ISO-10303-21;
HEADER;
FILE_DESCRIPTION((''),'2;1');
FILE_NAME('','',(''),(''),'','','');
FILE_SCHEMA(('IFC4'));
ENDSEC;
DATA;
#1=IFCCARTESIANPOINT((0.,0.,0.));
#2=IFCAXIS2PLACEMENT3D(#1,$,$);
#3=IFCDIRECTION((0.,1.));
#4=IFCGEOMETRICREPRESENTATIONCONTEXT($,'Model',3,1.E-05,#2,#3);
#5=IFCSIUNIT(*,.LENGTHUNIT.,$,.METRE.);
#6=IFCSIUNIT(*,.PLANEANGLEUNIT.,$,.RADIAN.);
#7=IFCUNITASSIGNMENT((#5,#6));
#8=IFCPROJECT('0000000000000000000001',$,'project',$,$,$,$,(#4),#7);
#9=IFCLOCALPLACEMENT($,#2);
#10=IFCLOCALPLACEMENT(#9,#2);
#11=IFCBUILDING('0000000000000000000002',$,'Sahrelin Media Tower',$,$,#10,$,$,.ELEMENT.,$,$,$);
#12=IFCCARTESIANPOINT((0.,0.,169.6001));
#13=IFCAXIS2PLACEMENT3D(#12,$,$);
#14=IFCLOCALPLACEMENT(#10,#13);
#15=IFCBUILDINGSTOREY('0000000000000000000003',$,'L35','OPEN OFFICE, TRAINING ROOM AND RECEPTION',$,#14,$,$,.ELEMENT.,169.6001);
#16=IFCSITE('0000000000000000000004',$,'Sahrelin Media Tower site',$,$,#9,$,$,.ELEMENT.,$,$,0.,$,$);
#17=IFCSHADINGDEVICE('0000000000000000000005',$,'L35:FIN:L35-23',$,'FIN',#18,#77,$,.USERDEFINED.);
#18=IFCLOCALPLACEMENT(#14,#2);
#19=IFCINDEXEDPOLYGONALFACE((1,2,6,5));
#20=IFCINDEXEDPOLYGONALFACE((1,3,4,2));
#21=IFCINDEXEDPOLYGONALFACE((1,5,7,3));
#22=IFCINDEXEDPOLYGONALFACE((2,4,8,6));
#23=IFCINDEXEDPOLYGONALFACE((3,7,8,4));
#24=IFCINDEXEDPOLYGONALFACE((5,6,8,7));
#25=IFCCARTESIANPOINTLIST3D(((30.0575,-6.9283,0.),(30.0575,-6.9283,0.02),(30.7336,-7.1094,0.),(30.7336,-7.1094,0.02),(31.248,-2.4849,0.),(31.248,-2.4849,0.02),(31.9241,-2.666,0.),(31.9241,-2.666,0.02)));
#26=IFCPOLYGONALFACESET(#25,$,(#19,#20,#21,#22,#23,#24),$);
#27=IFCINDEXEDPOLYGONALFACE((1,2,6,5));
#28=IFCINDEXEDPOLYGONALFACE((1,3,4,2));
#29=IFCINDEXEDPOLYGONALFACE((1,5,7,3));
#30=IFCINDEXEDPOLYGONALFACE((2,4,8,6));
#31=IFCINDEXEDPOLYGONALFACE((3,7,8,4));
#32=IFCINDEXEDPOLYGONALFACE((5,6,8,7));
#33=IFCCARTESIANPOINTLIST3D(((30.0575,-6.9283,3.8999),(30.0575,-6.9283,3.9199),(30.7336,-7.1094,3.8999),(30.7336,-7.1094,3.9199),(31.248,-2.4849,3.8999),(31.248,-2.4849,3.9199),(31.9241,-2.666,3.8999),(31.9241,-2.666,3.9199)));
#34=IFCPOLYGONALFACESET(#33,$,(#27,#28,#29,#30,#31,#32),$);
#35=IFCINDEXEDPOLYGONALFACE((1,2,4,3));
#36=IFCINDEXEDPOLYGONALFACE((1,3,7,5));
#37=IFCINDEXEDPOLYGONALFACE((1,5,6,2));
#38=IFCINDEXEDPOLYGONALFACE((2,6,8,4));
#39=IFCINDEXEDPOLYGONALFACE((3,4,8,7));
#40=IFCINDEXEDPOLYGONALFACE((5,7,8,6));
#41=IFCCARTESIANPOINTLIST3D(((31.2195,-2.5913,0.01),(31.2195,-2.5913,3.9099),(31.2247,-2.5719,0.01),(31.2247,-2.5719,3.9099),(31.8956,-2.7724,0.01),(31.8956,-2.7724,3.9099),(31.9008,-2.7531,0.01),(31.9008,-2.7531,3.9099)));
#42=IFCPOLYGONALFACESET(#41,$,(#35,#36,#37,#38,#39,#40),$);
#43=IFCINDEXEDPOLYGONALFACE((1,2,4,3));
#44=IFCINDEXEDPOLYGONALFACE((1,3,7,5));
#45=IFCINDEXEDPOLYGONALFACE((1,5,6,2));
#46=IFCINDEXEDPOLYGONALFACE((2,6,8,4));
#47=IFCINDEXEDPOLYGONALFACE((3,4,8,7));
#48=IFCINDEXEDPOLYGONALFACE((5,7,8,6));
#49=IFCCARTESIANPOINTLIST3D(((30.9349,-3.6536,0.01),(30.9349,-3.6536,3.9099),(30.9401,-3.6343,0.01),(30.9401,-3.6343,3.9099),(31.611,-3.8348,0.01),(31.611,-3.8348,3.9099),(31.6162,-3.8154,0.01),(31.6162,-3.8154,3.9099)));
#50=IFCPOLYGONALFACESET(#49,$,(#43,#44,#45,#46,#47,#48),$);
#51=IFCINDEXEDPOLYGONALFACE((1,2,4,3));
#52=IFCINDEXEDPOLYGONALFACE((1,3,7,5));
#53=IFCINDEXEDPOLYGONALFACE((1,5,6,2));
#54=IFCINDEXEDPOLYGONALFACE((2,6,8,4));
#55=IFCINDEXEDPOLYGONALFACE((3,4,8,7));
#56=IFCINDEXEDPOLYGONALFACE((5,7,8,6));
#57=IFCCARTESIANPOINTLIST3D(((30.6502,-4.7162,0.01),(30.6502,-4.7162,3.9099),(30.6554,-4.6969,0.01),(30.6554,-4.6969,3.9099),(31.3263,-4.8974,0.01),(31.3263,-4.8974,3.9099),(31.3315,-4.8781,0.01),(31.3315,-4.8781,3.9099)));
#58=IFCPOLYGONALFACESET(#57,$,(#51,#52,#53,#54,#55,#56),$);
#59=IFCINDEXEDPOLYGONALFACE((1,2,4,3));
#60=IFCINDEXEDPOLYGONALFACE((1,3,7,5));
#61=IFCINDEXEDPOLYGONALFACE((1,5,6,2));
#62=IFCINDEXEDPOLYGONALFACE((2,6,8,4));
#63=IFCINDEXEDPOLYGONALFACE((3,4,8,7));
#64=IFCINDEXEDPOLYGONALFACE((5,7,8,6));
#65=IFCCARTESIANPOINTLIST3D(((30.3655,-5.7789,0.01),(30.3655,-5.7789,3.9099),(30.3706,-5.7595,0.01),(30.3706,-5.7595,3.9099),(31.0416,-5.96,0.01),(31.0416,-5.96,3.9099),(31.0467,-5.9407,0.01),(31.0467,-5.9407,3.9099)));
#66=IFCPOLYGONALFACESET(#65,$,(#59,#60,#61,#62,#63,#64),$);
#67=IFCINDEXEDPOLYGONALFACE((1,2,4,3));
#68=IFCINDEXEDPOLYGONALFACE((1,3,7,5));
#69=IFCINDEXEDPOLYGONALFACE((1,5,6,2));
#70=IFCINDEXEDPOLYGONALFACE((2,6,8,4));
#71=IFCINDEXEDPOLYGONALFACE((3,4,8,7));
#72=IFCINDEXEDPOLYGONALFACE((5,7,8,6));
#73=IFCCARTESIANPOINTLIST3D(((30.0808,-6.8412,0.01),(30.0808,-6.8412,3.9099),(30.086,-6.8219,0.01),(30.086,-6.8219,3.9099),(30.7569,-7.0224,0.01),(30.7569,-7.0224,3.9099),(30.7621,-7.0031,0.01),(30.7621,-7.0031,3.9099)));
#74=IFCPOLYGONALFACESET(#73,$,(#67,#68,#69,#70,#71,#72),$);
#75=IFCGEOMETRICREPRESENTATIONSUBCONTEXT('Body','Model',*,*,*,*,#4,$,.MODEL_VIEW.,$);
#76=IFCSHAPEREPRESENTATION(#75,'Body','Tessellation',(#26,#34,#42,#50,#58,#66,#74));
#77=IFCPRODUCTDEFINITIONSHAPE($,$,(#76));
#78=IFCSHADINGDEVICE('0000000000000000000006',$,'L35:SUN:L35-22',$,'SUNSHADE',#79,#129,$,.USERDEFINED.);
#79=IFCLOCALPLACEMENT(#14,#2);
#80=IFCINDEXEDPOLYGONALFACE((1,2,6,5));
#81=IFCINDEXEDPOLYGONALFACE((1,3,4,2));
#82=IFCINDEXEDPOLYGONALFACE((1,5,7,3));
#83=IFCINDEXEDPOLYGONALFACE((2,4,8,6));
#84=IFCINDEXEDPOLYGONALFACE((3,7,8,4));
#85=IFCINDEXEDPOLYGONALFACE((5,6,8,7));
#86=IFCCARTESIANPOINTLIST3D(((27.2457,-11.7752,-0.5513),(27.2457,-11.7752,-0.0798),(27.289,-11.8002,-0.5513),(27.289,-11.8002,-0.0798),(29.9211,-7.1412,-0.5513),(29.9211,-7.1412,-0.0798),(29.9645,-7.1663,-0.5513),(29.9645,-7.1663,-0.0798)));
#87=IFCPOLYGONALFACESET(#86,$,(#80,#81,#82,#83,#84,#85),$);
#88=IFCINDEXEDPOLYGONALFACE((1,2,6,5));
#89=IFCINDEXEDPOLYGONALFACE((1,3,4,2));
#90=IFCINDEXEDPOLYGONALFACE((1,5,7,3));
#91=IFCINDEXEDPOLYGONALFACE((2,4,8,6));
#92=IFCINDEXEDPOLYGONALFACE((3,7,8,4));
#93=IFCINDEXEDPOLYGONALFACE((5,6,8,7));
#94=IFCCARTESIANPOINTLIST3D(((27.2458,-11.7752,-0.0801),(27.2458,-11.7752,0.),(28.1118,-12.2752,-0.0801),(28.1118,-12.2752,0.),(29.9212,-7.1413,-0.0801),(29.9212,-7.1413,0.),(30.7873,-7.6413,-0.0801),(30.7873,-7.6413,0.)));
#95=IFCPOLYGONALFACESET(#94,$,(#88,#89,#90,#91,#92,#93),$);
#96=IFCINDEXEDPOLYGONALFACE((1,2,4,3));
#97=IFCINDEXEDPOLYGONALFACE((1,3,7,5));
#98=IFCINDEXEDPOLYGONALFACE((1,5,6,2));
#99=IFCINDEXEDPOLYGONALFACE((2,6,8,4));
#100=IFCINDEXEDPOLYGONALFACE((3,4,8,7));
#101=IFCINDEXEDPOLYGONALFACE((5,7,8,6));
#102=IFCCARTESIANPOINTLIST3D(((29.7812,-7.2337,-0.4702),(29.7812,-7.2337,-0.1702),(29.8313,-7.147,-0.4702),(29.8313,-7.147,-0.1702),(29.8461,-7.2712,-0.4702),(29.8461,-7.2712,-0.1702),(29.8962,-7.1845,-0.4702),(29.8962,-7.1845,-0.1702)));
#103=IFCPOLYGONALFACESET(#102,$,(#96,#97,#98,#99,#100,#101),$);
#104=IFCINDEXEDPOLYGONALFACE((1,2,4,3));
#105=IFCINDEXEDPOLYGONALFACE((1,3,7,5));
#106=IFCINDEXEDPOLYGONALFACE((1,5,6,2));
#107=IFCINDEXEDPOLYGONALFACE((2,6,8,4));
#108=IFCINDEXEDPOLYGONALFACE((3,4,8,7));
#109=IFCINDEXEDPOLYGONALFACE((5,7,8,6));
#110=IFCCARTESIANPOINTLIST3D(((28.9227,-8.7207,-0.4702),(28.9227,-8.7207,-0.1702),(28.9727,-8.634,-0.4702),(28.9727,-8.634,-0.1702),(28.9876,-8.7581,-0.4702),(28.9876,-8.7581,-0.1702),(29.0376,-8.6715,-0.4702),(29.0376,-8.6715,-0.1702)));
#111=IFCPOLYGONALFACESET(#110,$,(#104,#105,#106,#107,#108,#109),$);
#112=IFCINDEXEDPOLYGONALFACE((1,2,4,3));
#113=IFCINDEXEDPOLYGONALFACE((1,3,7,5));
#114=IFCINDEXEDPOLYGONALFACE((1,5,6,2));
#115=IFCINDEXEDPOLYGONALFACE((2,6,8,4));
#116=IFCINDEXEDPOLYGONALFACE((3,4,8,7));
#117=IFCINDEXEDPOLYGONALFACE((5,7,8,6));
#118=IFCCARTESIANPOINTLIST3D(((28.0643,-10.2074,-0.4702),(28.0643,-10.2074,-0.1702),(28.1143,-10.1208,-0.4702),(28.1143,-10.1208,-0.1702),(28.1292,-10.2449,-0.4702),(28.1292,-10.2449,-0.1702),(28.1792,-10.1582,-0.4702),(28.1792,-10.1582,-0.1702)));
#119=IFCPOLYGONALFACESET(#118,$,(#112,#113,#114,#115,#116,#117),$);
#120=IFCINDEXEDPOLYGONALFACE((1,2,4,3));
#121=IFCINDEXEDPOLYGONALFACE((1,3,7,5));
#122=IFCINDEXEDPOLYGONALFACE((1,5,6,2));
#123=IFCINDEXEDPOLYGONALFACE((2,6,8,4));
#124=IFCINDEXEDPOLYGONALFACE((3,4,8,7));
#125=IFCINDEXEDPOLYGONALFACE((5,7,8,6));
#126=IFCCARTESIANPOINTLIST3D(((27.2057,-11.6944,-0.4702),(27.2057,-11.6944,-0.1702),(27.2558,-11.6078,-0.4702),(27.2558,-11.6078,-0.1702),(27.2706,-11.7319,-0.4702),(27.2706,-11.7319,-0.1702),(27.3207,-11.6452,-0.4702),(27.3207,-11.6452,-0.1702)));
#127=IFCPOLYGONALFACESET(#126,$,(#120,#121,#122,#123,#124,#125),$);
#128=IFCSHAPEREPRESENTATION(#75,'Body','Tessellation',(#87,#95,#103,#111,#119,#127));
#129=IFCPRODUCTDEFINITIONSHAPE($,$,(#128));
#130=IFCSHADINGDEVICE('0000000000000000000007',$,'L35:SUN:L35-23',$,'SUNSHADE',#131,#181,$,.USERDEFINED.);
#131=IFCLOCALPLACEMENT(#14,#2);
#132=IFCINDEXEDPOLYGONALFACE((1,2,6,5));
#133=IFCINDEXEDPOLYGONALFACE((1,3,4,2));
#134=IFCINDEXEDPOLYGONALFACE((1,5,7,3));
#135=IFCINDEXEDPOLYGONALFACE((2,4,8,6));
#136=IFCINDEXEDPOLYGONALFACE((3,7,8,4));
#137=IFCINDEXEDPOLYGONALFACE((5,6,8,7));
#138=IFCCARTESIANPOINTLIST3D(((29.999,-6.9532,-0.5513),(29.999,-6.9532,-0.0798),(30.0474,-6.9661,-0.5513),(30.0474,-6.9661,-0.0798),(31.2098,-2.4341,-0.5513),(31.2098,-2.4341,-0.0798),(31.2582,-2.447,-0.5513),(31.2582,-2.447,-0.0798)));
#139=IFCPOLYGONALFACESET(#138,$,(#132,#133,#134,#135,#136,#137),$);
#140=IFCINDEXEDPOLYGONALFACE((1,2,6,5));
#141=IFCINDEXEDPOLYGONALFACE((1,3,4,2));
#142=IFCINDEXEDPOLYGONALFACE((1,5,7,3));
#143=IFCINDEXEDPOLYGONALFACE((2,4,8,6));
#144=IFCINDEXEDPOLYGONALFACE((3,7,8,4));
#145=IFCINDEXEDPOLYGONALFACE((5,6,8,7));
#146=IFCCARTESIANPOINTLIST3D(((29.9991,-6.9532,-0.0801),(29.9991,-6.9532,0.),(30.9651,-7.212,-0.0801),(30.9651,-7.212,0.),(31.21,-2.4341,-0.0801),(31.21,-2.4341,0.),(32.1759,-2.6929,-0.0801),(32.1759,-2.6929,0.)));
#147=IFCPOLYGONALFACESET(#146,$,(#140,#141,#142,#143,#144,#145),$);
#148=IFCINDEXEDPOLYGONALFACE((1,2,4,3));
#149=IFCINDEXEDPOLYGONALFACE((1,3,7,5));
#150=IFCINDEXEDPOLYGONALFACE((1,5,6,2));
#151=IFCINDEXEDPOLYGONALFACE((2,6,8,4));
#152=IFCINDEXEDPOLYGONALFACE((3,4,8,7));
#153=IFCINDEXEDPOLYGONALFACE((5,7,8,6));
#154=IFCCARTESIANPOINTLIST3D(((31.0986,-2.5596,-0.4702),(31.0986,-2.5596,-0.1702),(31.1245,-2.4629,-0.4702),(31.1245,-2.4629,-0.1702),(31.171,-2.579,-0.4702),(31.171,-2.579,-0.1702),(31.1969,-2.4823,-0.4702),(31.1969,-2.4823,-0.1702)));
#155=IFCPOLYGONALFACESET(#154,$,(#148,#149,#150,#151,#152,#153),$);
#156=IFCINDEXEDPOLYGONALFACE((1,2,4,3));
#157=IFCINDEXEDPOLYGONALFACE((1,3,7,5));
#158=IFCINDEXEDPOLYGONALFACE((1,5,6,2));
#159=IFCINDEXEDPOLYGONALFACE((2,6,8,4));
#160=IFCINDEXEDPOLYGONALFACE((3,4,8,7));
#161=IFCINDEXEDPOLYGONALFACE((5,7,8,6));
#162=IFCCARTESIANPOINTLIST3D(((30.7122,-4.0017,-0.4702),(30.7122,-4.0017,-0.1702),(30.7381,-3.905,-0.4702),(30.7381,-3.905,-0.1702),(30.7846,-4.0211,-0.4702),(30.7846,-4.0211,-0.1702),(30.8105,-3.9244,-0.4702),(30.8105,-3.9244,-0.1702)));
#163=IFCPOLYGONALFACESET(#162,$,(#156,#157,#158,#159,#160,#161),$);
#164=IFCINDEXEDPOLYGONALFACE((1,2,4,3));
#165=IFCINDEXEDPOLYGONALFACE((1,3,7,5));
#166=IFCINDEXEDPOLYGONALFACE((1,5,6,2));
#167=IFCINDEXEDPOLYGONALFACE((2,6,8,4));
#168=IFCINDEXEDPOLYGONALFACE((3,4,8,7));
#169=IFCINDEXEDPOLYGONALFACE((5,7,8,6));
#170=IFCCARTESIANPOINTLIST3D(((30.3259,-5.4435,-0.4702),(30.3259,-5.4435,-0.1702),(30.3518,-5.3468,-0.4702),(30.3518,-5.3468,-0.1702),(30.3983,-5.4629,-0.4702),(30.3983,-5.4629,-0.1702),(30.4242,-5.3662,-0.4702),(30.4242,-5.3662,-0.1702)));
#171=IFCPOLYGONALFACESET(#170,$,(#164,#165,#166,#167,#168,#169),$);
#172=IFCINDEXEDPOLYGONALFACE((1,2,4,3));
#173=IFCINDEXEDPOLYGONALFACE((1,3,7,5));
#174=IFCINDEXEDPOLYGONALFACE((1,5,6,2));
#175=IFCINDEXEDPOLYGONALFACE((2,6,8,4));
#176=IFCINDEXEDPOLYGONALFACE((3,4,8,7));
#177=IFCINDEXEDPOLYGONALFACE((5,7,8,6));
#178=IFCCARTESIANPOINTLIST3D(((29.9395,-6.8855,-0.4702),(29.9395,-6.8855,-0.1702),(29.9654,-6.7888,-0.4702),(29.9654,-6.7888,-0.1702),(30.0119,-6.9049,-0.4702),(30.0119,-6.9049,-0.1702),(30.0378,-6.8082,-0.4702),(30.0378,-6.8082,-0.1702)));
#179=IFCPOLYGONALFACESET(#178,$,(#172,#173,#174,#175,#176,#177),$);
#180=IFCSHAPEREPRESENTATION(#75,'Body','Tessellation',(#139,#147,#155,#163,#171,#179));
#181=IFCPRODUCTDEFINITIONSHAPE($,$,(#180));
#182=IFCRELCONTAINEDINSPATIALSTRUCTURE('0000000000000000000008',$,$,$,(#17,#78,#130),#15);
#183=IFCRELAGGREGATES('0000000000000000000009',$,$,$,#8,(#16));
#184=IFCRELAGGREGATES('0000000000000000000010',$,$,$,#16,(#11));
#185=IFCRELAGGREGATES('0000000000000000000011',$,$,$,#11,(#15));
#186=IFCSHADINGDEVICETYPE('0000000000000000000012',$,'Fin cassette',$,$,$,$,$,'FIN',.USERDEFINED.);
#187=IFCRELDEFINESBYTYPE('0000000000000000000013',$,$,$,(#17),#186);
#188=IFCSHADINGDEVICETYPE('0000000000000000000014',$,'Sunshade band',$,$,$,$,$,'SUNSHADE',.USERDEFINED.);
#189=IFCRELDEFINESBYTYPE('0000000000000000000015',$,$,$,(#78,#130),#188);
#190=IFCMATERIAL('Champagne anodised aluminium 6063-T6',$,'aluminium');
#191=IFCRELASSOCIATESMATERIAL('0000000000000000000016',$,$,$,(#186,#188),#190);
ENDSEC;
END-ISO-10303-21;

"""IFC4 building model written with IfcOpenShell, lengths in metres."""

from ifc_helpers import new_model, si_unit, direction, frame, origin, origin_2d, place, context, subcontext, project, spatial, rectangle, extrude, material, type_object, element, save


model = new_model("IFC4")

# Units and contexts
model_context = context("Model", 3, precision=1e-05, world=origin(), true_north=direction((0.0, 1.0)))
body_context = subcontext(model_context, "Body", "Model", "MODEL_VIEW")
ifc_project = project(units=[si_unit("LENGTHUNIT", "METRE"), si_unit("PLANEANGLEUNIT", "RADIAN")], contexts=[model_context])

# Site, building, storey
site_placement = place(None, origin())
site = spatial("IfcSite", under=ifc_project, at=site_placement, Name="Sahrelin Media Tower site", CompositionType="ELEMENT", RefElevation=0.0)
building_placement = place(site_placement, origin())
building = spatial("IfcBuilding", under=site, at=building_placement, Name="Sahrelin Media Tower", CompositionType="ELEMENT")
storey_placement = place(building_placement, frame((0.0, 0.0, 169.6001)))
storey = spatial("IfcBuildingStorey", under=building, at=storey_placement, Name="L35", Description="OPEN OFFICE, TRAINING ROOM AND RECEPTION", CompositionType="ELEMENT", Elevation=169.6001)

# Shared definitions
ifc_material_1 = material(Name="Champagne anodised aluminium 6063-T6", Category="aluminium")

# Shading devices
shading_device_type_1 = type_object("IfcShadingDeviceType", Name="Fin cassette", ElementType="FIN", PredefinedType="USERDEFINED", material=ifc_material_1)
placement_1 = place(storey_placement, frame((28.5662, -9.4482, 0.0), z_axis=(0.0, 0.0, 1.0), x_axis=(-0.500011, -0.866019, 0.0)))
placement_2 = place(storey_placement, frame((30.5852, -4.6885, 0.0), z_axis=(0.0, 0.0, 1.0), x_axis=(-0.258808, -0.965929, 0.0)))
element("IfcShadingDevice", 1, at=placement_2, inside=storey, type_object=shading_device_type_1, Name="L35:FIN:L35-23", ObjectType="FIN", PredefinedType="USERDEFINED", context=body_context, shape_type="SweptSolid", body=[
    extrude(rectangle(XDim=4.6001, YDim=0.7, at=origin_2d()), frame((0.0, 0.4199, 0.0)), (0.0, 0.0, 1.0), 0.02),
    extrude(rectangle(XDim=4.6001, YDim=0.7, at=origin_2d()), frame((0.0, 0.4199, 3.8999)), (0.0, 0.0, 1.0), 0.02),
    extrude(rectangle(XDim=0.02, YDim=0.7, at=origin_2d()), frame((-2.2, 0.4199, 0.01), z_axis=(0.0, 0.0, 1.0), x_axis=(1.0, 0.0, 0.0)), (0.0, 0.0, 1.0), 3.8999),
    extrude(rectangle(XDim=0.02, YDim=0.7, at=origin_2d()), frame((-1.1001, 0.4199, 0.01), z_axis=(0.0, 0.0, 1.0), x_axis=(1.0, 0.0, 0.0)), (0.0, 0.0, 1.0), 3.8999),
    extrude(rectangle(XDim=0.02, YDim=0.7, at=origin_2d()), frame((0.0, 0.4199, 0.01), z_axis=(0.0, 0.0, 1.0), x_axis=(1.0, 0.0, 0.0)), (0.0, 0.0, 1.0), 3.8999),
    extrude(rectangle(XDim=0.02, YDim=0.7, at=origin_2d()), frame((1.1001, 0.4199, 0.01), z_axis=(0.0, 0.0, 1.0), x_axis=(1.0, 0.0, 0.0)), (0.0, 0.0, 1.0), 3.8999),
    extrude(rectangle(XDim=0.02, YDim=0.7, at=origin_2d()), frame((2.2, 0.4199, 0.01), z_axis=(0.0, 0.0, 1.0), x_axis=(1.0, 0.0, 0.0)), (0.0, 0.0, 1.0), 3.8999),
])
shading_device_type_2 = type_object("IfcShadingDeviceType", Name="Sunshade band", ElementType="SUNSHADE", PredefinedType="USERDEFINED", material=ifc_material_1)
element("IfcShadingDevice", 2, at=placement_1, inside=storey, type_object=shading_device_type_2, Name="L35:SUN:L35-22", ObjectType="SUNSHADE", PredefinedType="USERDEFINED", context=body_context, shape_type="SweptSolid", body=[
    extrude(rectangle(XDim=5.3508, YDim=0.05, at=origin_2d()), frame((0.0, 0.0449, -0.5513)), (0.0, 0.0, 1.0), 0.4714),
    extrude(rectangle(XDim=5.3508, YDim=1.0, at=origin_2d()), frame((0.0, 0.52, -0.0801)), (0.0, 0.0, 1.0), 0.0801),
    extrude(rectangle(XDim=0.1001, YDim=0.075, at=origin_2d()), frame((-2.5754, -0.0176, -0.4702)), (0.0, 0.0, 1.0), 0.3),
    extrude(rectangle(XDim=0.1001, YDim=0.075, at=origin_2d()), frame((-0.8584, -0.0176, -0.4702)), (0.0, 0.0, 1.0), 0.3),
    extrude(rectangle(XDim=0.1001, YDim=0.075, at=origin_2d()), frame((0.8584, -0.0176, -0.4702)), (0.0, 0.0, 1.0), 0.3),
    extrude(rectangle(XDim=0.1001, YDim=0.075, at=origin_2d()), frame((2.5754, -0.0176, -0.4702)), (0.0, 0.0, 1.0), 0.3),
])
element("IfcShadingDevice", 3, at=placement_2, inside=storey, type_object=shading_device_type_2, Name="L35:SUN:L35-23", ObjectType="SUNSHADE", PredefinedType="USERDEFINED", context=body_context, shape_type="SweptSolid", body=[
    extrude(rectangle(XDim=4.6785, YDim=0.05, at=origin_2d()), frame((0.0, 0.0449, -0.5513)), (0.0, 0.0, 1.0), 0.4714),
    extrude(rectangle(XDim=4.6785, YDim=1.0, at=origin_2d()), frame((0.0, 0.52, -0.0801)), (0.0, 0.0, 1.0), 0.0801),
    extrude(rectangle(XDim=0.1001, YDim=0.075, at=origin_2d()), frame((-2.2393, -0.0176, -0.4702)), (0.0, 0.0, 1.0), 0.3),
    extrude(rectangle(XDim=0.1001, YDim=0.075, at=origin_2d()), frame((-0.7463, -0.0176, -0.4702)), (0.0, 0.0, 1.0), 0.3),
    extrude(rectangle(XDim=0.1001, YDim=0.075, at=origin_2d()), frame((0.7463, -0.0176, -0.4702)), (0.0, 0.0, 1.0), 0.3),
    extrude(rectangle(XDim=0.1001, YDim=0.075, at=origin_2d()), frame((2.2393, -0.0176, -0.4702)), (0.0, 0.0, 1.0), 0.3),
])

save(model, "model.ifc")
